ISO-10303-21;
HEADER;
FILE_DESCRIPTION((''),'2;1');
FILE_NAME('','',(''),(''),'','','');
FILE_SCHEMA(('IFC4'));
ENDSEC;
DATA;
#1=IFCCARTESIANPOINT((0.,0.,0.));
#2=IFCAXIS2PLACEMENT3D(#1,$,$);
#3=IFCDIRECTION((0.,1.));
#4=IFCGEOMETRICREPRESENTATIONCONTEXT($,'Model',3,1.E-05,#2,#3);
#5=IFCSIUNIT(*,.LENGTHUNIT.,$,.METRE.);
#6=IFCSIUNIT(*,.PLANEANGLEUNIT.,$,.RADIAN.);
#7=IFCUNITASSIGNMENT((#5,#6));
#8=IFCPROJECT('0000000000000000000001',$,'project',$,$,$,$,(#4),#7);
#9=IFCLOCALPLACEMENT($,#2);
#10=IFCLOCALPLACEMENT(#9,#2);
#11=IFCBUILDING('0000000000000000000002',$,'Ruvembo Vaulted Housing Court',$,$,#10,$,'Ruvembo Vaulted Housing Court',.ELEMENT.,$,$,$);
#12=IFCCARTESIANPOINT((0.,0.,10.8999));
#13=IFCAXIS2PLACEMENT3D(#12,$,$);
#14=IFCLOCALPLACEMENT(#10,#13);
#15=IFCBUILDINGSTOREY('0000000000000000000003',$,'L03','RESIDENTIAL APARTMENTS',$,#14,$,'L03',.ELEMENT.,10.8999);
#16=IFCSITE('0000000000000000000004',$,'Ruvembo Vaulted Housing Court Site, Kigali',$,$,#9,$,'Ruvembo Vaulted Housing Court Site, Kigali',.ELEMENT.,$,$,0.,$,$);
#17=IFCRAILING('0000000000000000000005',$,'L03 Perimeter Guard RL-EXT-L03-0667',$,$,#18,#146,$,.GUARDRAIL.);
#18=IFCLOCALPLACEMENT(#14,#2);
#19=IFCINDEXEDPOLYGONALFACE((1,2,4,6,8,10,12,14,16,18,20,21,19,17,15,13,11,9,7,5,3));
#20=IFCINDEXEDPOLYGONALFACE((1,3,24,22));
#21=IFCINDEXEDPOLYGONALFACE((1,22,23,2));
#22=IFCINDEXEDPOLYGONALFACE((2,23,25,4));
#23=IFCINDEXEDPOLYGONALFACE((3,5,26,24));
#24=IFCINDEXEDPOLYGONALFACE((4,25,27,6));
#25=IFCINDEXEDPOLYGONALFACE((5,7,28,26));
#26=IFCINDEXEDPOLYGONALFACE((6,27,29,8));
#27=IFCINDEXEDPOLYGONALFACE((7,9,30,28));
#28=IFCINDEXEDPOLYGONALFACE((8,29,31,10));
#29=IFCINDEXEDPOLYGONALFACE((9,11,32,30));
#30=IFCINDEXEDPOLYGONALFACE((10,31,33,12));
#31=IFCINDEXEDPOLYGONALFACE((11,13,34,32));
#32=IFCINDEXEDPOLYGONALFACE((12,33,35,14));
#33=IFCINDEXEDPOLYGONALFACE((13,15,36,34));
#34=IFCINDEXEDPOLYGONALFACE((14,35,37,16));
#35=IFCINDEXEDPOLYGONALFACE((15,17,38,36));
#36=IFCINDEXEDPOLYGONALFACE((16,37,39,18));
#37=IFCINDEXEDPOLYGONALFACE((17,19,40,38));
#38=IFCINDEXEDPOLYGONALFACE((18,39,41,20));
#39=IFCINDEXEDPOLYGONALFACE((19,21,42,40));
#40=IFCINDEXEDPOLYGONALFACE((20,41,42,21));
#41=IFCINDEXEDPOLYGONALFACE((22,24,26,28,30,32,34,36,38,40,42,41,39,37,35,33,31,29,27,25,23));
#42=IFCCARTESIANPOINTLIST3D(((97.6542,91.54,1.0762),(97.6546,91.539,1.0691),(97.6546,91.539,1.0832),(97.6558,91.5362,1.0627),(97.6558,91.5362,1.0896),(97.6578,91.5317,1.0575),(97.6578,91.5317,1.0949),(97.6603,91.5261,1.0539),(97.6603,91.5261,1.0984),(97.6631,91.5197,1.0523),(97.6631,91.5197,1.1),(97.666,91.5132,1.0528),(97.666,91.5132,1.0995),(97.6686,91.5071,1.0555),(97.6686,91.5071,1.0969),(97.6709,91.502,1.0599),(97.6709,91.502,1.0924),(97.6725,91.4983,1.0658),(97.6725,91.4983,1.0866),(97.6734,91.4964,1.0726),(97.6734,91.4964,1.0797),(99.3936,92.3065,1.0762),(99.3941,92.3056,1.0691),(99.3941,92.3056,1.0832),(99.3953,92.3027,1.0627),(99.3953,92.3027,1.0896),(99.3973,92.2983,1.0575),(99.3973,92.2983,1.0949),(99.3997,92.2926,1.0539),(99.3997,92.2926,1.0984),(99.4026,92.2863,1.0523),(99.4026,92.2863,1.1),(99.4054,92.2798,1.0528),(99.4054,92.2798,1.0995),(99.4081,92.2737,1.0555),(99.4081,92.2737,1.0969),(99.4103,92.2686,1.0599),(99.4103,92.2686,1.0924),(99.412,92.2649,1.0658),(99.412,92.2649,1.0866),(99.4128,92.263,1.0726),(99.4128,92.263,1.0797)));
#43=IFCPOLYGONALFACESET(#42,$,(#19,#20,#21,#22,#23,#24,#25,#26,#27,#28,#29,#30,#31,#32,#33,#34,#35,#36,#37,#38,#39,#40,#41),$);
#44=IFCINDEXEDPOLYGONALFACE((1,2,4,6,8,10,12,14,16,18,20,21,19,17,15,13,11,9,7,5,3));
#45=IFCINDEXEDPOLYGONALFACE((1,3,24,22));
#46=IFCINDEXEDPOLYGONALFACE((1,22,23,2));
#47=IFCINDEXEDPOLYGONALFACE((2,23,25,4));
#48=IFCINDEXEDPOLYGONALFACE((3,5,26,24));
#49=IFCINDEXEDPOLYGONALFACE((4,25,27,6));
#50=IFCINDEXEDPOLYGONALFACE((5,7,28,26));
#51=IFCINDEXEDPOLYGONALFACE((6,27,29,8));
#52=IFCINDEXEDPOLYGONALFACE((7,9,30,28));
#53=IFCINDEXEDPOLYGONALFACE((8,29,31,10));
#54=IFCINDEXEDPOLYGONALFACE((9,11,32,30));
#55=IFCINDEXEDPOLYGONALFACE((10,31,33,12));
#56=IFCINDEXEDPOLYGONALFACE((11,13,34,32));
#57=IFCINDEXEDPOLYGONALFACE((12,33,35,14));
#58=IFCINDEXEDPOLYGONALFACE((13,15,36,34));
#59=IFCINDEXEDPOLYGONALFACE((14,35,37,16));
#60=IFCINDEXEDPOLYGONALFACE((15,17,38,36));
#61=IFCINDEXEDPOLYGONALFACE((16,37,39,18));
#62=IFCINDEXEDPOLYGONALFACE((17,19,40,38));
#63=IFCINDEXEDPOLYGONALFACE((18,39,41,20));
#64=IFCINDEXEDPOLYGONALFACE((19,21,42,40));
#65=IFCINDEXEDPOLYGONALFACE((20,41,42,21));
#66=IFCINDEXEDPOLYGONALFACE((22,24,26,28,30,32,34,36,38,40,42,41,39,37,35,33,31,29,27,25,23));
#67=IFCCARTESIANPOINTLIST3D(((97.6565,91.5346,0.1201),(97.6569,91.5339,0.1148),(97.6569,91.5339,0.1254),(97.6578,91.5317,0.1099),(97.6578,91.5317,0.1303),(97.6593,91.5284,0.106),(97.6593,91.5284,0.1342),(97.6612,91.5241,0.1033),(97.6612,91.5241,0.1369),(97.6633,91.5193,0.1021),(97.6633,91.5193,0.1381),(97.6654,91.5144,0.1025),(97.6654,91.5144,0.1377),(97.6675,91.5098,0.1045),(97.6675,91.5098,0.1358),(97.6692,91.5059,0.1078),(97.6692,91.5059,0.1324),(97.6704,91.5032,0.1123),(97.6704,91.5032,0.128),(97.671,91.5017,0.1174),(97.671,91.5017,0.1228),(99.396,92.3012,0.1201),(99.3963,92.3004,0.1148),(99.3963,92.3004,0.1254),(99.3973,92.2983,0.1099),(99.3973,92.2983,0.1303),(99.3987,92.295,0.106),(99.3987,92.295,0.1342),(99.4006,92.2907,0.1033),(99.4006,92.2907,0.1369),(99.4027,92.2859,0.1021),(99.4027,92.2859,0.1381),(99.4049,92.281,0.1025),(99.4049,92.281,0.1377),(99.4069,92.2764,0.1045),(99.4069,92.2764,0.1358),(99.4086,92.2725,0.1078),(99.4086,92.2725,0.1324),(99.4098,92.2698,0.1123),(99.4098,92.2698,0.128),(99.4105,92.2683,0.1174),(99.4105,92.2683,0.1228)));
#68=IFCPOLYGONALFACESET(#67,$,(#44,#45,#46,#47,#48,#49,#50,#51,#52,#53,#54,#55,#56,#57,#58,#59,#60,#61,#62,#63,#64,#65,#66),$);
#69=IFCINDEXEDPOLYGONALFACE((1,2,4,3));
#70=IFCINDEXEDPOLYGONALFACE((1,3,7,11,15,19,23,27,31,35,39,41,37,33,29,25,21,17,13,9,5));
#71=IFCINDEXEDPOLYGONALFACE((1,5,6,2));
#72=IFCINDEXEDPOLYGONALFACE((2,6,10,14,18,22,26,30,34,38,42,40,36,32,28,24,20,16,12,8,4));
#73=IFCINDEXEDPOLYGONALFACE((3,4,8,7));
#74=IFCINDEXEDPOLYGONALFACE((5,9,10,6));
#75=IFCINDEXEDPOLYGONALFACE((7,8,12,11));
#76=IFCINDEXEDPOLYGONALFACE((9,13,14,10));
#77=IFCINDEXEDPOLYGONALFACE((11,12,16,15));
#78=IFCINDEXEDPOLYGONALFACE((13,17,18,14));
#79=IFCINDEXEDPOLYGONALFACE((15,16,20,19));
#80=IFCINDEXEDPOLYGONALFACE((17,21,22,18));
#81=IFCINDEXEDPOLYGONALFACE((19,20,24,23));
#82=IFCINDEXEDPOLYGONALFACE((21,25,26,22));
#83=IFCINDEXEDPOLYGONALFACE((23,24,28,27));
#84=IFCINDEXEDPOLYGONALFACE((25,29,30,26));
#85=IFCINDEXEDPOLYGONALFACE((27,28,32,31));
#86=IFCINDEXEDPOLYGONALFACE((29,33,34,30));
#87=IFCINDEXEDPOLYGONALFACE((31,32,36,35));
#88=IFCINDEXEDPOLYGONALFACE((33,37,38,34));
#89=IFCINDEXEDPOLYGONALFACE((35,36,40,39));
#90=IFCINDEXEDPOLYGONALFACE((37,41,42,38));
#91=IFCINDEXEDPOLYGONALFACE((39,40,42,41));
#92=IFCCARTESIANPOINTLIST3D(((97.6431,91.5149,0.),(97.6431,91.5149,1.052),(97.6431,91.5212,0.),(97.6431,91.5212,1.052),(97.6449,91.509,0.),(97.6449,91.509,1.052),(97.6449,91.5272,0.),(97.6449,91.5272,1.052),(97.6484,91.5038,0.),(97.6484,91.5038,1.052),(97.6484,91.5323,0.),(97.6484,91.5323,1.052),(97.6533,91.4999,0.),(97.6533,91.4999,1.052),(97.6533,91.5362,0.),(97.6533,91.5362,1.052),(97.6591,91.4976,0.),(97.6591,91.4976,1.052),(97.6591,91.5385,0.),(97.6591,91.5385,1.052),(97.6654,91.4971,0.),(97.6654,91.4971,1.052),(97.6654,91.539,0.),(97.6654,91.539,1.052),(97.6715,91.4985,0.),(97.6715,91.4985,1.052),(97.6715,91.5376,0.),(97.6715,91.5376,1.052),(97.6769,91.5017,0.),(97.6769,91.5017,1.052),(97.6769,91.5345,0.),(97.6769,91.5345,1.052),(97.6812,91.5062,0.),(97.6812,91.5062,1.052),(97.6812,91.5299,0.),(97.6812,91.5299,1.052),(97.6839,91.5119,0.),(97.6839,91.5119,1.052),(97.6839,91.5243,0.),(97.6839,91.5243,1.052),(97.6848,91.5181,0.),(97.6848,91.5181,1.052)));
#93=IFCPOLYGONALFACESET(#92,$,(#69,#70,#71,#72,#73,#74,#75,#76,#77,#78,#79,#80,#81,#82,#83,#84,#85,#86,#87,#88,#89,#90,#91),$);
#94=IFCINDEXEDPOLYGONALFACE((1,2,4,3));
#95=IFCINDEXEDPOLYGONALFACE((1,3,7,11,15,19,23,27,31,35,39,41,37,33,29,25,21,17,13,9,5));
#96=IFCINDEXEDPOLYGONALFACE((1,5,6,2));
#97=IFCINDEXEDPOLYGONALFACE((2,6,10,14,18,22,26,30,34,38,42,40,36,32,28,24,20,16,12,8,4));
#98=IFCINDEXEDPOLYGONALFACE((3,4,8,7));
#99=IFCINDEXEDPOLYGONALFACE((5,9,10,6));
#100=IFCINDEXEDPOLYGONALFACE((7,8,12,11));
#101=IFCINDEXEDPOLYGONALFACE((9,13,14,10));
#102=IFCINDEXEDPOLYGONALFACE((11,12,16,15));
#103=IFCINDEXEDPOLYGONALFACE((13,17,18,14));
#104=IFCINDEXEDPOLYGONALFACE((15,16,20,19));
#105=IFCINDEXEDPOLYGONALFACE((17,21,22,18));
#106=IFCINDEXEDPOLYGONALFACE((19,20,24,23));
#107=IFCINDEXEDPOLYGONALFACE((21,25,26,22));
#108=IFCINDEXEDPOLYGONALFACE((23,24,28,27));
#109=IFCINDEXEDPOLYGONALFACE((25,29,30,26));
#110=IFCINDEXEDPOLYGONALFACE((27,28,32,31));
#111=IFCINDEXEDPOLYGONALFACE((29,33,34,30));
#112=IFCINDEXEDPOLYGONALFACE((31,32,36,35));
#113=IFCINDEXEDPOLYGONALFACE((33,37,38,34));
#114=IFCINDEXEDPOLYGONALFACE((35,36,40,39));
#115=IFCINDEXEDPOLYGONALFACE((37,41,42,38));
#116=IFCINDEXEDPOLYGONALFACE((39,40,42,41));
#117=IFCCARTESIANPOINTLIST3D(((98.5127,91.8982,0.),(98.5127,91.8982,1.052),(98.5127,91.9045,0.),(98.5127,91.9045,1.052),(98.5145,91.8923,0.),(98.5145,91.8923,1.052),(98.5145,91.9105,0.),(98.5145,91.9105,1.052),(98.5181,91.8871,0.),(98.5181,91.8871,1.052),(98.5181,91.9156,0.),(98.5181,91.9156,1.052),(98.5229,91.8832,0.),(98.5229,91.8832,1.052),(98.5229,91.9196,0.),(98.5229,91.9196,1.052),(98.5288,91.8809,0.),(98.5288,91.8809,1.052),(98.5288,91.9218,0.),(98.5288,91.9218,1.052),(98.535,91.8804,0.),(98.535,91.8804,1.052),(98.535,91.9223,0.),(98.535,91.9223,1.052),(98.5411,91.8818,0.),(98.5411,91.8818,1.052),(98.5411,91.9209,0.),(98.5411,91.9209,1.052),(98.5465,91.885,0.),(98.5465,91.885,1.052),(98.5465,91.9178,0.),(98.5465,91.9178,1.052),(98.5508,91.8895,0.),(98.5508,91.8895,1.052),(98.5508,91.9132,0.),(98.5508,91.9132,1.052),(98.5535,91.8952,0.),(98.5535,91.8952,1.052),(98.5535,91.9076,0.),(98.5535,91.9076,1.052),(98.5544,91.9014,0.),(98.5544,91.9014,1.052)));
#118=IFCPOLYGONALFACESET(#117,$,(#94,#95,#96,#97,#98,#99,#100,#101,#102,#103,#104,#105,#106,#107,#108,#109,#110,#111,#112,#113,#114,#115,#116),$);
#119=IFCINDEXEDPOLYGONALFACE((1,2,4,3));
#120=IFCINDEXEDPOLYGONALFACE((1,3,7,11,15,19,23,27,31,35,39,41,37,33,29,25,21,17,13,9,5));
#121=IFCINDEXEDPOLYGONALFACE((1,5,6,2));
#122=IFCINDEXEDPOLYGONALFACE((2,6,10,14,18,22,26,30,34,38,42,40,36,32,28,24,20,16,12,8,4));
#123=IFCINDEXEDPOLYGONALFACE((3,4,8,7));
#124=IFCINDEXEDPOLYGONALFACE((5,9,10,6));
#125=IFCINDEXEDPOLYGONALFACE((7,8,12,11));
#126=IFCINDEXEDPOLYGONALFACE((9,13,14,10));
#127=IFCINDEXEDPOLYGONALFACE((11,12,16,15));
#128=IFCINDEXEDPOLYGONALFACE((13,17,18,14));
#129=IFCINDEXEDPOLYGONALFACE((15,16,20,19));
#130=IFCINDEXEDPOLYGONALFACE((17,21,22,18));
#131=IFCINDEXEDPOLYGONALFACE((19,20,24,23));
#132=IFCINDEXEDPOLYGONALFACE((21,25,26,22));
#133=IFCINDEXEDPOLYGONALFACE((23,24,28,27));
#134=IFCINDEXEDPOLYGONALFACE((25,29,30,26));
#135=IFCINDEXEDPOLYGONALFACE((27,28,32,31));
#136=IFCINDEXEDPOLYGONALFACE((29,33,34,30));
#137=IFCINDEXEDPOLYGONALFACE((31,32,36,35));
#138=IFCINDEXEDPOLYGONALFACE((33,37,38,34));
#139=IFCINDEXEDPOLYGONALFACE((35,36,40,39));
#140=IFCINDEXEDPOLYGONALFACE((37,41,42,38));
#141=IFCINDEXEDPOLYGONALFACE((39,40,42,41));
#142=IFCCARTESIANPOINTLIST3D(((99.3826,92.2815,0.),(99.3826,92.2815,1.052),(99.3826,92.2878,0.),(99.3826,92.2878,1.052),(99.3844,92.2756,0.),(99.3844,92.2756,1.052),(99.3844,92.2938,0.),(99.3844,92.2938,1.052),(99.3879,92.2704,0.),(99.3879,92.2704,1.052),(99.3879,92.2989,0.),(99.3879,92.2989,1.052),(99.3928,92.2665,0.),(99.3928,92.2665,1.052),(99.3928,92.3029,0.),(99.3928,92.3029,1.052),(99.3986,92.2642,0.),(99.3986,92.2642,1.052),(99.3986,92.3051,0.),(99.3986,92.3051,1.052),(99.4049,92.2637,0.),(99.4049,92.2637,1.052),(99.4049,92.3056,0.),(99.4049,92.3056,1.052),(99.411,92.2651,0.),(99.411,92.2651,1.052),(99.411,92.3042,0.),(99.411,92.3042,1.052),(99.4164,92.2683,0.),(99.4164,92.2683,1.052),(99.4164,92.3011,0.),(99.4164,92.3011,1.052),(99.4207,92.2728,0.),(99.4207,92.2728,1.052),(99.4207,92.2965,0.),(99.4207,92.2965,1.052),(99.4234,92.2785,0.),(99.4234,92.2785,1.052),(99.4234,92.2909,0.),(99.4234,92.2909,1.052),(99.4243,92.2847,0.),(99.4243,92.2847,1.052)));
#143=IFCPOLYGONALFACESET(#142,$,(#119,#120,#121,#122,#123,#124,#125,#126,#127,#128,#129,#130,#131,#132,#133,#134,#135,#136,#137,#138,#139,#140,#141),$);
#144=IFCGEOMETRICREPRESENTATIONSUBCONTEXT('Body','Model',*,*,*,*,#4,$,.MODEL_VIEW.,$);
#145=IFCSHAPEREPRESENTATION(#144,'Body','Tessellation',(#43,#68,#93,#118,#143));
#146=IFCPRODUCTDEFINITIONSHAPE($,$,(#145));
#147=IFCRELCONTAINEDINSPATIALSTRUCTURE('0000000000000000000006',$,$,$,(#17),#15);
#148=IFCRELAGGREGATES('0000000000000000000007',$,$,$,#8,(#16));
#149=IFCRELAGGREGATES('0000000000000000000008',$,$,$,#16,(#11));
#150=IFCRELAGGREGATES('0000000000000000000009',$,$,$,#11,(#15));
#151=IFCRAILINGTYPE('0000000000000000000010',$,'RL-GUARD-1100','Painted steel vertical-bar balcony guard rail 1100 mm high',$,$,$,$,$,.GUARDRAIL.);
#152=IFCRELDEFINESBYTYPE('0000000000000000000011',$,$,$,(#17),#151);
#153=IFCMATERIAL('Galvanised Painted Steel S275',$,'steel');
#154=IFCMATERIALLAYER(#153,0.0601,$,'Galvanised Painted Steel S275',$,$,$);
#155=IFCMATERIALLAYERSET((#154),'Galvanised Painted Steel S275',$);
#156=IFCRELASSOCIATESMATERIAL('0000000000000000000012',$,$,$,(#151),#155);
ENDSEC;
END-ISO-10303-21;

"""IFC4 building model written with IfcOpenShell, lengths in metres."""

from ifc_helpers import new_model, si_unit, direction, frame, origin, origin_2d, place, context, subcontext, project, spatial, circle, extrude, material, layer, layer_set, type_object, element, save


model = new_model("IFC4")

# Units and contexts
model_context = context("Model", 3, precision=1e-05, world=origin(), true_north=direction((0.0, 1.0)))
body_context = subcontext(model_context, "Body", "Model", "MODEL_VIEW")
ifc_project = project(units=[si_unit("LENGTHUNIT", "METRE"), si_unit("PLANEANGLEUNIT", "RADIAN")], contexts=[model_context])

# Site, building, storey
site_placement = place(None, origin())
site = spatial("IfcSite", under=ifc_project, at=site_placement, Name="Ruvembo Vaulted Housing Court Site, Kigali", LongName="Ruvembo Vaulted Housing Court Site, Kigali", CompositionType="ELEMENT", RefElevation=0.0)
building_placement = place(site_placement, origin())
building = spatial("IfcBuilding", under=site, at=building_placement, Name="Ruvembo Vaulted Housing Court", LongName="Ruvembo Vaulted Housing Court", CompositionType="ELEMENT")
storey_placement = place(building_placement, frame((0.0, 0.0, 10.8999)))
storey = spatial("IfcBuildingStorey", under=building, at=storey_placement, Name="L03", Description="RESIDENTIAL APARTMENTS", LongName="L03", CompositionType="ELEMENT", Elevation=10.8999)

# Railing
ifc_material_1 = material(Name="Galvanised Painted Steel S275", Category="steel")
ifc_layer_1 = layer(ifc_material_1, 0.0601, Name="Galvanised Painted Steel S275")
ifc_layer_set_1 = layer_set([ifc_layer_1], Name="Galvanised Painted Steel S275")
railing_type = type_object("IfcRailingType", Name="RL-GUARD-1100", Description="Painted steel vertical-bar balcony guard rail 1100 mm high", PredefinedType="GUARDRAIL", material=ifc_layer_set_1)
railing_1_placement = place(storey_placement, frame((97.6638, 91.5181, 0.0)))
element("IfcRailing", 1, at=railing_1_placement, inside=storey, type_object=railing_type, Name="L03 Perimeter Guard RL-EXT-L03-0667", PredefinedType="GUARDRAIL", context=body_context, shape_type="SweptSolid", body=[
    extrude(circle(Radius=0.0239, at=origin_2d()), frame((0.0, 0.0, 1.0762), z_axis=(0.915078, 0.403277, 0.0), x_axis=(-0.403277, 0.915078, 0.0)), (0.0, 0.0, 1.0), 1.9009),
    extrude(circle(Radius=0.0181, at=origin_2d()), frame((0.0, 0.0, 0.1201), z_axis=(0.915078, 0.403277, 0.0), x_axis=(-0.403277, 0.915078, 0.0)), (0.0, 0.0, 1.0), 1.9009),
    extrude(circle(Radius=0.021, at=origin_2d()), origin(), (0.0, 0.0, 1.0), 1.052),
    extrude(circle(Radius=0.021, at=origin_2d()), frame((0.8696, 0.3833, 0.0)), (0.0, 0.0, 1.0), 1.052),
    extrude(circle(Radius=0.021, at=origin_2d()), frame((1.7395, 0.7666, 0.0)), (0.0, 0.0, 1.0), 1.052),
])

save(model, "model.ifc")
